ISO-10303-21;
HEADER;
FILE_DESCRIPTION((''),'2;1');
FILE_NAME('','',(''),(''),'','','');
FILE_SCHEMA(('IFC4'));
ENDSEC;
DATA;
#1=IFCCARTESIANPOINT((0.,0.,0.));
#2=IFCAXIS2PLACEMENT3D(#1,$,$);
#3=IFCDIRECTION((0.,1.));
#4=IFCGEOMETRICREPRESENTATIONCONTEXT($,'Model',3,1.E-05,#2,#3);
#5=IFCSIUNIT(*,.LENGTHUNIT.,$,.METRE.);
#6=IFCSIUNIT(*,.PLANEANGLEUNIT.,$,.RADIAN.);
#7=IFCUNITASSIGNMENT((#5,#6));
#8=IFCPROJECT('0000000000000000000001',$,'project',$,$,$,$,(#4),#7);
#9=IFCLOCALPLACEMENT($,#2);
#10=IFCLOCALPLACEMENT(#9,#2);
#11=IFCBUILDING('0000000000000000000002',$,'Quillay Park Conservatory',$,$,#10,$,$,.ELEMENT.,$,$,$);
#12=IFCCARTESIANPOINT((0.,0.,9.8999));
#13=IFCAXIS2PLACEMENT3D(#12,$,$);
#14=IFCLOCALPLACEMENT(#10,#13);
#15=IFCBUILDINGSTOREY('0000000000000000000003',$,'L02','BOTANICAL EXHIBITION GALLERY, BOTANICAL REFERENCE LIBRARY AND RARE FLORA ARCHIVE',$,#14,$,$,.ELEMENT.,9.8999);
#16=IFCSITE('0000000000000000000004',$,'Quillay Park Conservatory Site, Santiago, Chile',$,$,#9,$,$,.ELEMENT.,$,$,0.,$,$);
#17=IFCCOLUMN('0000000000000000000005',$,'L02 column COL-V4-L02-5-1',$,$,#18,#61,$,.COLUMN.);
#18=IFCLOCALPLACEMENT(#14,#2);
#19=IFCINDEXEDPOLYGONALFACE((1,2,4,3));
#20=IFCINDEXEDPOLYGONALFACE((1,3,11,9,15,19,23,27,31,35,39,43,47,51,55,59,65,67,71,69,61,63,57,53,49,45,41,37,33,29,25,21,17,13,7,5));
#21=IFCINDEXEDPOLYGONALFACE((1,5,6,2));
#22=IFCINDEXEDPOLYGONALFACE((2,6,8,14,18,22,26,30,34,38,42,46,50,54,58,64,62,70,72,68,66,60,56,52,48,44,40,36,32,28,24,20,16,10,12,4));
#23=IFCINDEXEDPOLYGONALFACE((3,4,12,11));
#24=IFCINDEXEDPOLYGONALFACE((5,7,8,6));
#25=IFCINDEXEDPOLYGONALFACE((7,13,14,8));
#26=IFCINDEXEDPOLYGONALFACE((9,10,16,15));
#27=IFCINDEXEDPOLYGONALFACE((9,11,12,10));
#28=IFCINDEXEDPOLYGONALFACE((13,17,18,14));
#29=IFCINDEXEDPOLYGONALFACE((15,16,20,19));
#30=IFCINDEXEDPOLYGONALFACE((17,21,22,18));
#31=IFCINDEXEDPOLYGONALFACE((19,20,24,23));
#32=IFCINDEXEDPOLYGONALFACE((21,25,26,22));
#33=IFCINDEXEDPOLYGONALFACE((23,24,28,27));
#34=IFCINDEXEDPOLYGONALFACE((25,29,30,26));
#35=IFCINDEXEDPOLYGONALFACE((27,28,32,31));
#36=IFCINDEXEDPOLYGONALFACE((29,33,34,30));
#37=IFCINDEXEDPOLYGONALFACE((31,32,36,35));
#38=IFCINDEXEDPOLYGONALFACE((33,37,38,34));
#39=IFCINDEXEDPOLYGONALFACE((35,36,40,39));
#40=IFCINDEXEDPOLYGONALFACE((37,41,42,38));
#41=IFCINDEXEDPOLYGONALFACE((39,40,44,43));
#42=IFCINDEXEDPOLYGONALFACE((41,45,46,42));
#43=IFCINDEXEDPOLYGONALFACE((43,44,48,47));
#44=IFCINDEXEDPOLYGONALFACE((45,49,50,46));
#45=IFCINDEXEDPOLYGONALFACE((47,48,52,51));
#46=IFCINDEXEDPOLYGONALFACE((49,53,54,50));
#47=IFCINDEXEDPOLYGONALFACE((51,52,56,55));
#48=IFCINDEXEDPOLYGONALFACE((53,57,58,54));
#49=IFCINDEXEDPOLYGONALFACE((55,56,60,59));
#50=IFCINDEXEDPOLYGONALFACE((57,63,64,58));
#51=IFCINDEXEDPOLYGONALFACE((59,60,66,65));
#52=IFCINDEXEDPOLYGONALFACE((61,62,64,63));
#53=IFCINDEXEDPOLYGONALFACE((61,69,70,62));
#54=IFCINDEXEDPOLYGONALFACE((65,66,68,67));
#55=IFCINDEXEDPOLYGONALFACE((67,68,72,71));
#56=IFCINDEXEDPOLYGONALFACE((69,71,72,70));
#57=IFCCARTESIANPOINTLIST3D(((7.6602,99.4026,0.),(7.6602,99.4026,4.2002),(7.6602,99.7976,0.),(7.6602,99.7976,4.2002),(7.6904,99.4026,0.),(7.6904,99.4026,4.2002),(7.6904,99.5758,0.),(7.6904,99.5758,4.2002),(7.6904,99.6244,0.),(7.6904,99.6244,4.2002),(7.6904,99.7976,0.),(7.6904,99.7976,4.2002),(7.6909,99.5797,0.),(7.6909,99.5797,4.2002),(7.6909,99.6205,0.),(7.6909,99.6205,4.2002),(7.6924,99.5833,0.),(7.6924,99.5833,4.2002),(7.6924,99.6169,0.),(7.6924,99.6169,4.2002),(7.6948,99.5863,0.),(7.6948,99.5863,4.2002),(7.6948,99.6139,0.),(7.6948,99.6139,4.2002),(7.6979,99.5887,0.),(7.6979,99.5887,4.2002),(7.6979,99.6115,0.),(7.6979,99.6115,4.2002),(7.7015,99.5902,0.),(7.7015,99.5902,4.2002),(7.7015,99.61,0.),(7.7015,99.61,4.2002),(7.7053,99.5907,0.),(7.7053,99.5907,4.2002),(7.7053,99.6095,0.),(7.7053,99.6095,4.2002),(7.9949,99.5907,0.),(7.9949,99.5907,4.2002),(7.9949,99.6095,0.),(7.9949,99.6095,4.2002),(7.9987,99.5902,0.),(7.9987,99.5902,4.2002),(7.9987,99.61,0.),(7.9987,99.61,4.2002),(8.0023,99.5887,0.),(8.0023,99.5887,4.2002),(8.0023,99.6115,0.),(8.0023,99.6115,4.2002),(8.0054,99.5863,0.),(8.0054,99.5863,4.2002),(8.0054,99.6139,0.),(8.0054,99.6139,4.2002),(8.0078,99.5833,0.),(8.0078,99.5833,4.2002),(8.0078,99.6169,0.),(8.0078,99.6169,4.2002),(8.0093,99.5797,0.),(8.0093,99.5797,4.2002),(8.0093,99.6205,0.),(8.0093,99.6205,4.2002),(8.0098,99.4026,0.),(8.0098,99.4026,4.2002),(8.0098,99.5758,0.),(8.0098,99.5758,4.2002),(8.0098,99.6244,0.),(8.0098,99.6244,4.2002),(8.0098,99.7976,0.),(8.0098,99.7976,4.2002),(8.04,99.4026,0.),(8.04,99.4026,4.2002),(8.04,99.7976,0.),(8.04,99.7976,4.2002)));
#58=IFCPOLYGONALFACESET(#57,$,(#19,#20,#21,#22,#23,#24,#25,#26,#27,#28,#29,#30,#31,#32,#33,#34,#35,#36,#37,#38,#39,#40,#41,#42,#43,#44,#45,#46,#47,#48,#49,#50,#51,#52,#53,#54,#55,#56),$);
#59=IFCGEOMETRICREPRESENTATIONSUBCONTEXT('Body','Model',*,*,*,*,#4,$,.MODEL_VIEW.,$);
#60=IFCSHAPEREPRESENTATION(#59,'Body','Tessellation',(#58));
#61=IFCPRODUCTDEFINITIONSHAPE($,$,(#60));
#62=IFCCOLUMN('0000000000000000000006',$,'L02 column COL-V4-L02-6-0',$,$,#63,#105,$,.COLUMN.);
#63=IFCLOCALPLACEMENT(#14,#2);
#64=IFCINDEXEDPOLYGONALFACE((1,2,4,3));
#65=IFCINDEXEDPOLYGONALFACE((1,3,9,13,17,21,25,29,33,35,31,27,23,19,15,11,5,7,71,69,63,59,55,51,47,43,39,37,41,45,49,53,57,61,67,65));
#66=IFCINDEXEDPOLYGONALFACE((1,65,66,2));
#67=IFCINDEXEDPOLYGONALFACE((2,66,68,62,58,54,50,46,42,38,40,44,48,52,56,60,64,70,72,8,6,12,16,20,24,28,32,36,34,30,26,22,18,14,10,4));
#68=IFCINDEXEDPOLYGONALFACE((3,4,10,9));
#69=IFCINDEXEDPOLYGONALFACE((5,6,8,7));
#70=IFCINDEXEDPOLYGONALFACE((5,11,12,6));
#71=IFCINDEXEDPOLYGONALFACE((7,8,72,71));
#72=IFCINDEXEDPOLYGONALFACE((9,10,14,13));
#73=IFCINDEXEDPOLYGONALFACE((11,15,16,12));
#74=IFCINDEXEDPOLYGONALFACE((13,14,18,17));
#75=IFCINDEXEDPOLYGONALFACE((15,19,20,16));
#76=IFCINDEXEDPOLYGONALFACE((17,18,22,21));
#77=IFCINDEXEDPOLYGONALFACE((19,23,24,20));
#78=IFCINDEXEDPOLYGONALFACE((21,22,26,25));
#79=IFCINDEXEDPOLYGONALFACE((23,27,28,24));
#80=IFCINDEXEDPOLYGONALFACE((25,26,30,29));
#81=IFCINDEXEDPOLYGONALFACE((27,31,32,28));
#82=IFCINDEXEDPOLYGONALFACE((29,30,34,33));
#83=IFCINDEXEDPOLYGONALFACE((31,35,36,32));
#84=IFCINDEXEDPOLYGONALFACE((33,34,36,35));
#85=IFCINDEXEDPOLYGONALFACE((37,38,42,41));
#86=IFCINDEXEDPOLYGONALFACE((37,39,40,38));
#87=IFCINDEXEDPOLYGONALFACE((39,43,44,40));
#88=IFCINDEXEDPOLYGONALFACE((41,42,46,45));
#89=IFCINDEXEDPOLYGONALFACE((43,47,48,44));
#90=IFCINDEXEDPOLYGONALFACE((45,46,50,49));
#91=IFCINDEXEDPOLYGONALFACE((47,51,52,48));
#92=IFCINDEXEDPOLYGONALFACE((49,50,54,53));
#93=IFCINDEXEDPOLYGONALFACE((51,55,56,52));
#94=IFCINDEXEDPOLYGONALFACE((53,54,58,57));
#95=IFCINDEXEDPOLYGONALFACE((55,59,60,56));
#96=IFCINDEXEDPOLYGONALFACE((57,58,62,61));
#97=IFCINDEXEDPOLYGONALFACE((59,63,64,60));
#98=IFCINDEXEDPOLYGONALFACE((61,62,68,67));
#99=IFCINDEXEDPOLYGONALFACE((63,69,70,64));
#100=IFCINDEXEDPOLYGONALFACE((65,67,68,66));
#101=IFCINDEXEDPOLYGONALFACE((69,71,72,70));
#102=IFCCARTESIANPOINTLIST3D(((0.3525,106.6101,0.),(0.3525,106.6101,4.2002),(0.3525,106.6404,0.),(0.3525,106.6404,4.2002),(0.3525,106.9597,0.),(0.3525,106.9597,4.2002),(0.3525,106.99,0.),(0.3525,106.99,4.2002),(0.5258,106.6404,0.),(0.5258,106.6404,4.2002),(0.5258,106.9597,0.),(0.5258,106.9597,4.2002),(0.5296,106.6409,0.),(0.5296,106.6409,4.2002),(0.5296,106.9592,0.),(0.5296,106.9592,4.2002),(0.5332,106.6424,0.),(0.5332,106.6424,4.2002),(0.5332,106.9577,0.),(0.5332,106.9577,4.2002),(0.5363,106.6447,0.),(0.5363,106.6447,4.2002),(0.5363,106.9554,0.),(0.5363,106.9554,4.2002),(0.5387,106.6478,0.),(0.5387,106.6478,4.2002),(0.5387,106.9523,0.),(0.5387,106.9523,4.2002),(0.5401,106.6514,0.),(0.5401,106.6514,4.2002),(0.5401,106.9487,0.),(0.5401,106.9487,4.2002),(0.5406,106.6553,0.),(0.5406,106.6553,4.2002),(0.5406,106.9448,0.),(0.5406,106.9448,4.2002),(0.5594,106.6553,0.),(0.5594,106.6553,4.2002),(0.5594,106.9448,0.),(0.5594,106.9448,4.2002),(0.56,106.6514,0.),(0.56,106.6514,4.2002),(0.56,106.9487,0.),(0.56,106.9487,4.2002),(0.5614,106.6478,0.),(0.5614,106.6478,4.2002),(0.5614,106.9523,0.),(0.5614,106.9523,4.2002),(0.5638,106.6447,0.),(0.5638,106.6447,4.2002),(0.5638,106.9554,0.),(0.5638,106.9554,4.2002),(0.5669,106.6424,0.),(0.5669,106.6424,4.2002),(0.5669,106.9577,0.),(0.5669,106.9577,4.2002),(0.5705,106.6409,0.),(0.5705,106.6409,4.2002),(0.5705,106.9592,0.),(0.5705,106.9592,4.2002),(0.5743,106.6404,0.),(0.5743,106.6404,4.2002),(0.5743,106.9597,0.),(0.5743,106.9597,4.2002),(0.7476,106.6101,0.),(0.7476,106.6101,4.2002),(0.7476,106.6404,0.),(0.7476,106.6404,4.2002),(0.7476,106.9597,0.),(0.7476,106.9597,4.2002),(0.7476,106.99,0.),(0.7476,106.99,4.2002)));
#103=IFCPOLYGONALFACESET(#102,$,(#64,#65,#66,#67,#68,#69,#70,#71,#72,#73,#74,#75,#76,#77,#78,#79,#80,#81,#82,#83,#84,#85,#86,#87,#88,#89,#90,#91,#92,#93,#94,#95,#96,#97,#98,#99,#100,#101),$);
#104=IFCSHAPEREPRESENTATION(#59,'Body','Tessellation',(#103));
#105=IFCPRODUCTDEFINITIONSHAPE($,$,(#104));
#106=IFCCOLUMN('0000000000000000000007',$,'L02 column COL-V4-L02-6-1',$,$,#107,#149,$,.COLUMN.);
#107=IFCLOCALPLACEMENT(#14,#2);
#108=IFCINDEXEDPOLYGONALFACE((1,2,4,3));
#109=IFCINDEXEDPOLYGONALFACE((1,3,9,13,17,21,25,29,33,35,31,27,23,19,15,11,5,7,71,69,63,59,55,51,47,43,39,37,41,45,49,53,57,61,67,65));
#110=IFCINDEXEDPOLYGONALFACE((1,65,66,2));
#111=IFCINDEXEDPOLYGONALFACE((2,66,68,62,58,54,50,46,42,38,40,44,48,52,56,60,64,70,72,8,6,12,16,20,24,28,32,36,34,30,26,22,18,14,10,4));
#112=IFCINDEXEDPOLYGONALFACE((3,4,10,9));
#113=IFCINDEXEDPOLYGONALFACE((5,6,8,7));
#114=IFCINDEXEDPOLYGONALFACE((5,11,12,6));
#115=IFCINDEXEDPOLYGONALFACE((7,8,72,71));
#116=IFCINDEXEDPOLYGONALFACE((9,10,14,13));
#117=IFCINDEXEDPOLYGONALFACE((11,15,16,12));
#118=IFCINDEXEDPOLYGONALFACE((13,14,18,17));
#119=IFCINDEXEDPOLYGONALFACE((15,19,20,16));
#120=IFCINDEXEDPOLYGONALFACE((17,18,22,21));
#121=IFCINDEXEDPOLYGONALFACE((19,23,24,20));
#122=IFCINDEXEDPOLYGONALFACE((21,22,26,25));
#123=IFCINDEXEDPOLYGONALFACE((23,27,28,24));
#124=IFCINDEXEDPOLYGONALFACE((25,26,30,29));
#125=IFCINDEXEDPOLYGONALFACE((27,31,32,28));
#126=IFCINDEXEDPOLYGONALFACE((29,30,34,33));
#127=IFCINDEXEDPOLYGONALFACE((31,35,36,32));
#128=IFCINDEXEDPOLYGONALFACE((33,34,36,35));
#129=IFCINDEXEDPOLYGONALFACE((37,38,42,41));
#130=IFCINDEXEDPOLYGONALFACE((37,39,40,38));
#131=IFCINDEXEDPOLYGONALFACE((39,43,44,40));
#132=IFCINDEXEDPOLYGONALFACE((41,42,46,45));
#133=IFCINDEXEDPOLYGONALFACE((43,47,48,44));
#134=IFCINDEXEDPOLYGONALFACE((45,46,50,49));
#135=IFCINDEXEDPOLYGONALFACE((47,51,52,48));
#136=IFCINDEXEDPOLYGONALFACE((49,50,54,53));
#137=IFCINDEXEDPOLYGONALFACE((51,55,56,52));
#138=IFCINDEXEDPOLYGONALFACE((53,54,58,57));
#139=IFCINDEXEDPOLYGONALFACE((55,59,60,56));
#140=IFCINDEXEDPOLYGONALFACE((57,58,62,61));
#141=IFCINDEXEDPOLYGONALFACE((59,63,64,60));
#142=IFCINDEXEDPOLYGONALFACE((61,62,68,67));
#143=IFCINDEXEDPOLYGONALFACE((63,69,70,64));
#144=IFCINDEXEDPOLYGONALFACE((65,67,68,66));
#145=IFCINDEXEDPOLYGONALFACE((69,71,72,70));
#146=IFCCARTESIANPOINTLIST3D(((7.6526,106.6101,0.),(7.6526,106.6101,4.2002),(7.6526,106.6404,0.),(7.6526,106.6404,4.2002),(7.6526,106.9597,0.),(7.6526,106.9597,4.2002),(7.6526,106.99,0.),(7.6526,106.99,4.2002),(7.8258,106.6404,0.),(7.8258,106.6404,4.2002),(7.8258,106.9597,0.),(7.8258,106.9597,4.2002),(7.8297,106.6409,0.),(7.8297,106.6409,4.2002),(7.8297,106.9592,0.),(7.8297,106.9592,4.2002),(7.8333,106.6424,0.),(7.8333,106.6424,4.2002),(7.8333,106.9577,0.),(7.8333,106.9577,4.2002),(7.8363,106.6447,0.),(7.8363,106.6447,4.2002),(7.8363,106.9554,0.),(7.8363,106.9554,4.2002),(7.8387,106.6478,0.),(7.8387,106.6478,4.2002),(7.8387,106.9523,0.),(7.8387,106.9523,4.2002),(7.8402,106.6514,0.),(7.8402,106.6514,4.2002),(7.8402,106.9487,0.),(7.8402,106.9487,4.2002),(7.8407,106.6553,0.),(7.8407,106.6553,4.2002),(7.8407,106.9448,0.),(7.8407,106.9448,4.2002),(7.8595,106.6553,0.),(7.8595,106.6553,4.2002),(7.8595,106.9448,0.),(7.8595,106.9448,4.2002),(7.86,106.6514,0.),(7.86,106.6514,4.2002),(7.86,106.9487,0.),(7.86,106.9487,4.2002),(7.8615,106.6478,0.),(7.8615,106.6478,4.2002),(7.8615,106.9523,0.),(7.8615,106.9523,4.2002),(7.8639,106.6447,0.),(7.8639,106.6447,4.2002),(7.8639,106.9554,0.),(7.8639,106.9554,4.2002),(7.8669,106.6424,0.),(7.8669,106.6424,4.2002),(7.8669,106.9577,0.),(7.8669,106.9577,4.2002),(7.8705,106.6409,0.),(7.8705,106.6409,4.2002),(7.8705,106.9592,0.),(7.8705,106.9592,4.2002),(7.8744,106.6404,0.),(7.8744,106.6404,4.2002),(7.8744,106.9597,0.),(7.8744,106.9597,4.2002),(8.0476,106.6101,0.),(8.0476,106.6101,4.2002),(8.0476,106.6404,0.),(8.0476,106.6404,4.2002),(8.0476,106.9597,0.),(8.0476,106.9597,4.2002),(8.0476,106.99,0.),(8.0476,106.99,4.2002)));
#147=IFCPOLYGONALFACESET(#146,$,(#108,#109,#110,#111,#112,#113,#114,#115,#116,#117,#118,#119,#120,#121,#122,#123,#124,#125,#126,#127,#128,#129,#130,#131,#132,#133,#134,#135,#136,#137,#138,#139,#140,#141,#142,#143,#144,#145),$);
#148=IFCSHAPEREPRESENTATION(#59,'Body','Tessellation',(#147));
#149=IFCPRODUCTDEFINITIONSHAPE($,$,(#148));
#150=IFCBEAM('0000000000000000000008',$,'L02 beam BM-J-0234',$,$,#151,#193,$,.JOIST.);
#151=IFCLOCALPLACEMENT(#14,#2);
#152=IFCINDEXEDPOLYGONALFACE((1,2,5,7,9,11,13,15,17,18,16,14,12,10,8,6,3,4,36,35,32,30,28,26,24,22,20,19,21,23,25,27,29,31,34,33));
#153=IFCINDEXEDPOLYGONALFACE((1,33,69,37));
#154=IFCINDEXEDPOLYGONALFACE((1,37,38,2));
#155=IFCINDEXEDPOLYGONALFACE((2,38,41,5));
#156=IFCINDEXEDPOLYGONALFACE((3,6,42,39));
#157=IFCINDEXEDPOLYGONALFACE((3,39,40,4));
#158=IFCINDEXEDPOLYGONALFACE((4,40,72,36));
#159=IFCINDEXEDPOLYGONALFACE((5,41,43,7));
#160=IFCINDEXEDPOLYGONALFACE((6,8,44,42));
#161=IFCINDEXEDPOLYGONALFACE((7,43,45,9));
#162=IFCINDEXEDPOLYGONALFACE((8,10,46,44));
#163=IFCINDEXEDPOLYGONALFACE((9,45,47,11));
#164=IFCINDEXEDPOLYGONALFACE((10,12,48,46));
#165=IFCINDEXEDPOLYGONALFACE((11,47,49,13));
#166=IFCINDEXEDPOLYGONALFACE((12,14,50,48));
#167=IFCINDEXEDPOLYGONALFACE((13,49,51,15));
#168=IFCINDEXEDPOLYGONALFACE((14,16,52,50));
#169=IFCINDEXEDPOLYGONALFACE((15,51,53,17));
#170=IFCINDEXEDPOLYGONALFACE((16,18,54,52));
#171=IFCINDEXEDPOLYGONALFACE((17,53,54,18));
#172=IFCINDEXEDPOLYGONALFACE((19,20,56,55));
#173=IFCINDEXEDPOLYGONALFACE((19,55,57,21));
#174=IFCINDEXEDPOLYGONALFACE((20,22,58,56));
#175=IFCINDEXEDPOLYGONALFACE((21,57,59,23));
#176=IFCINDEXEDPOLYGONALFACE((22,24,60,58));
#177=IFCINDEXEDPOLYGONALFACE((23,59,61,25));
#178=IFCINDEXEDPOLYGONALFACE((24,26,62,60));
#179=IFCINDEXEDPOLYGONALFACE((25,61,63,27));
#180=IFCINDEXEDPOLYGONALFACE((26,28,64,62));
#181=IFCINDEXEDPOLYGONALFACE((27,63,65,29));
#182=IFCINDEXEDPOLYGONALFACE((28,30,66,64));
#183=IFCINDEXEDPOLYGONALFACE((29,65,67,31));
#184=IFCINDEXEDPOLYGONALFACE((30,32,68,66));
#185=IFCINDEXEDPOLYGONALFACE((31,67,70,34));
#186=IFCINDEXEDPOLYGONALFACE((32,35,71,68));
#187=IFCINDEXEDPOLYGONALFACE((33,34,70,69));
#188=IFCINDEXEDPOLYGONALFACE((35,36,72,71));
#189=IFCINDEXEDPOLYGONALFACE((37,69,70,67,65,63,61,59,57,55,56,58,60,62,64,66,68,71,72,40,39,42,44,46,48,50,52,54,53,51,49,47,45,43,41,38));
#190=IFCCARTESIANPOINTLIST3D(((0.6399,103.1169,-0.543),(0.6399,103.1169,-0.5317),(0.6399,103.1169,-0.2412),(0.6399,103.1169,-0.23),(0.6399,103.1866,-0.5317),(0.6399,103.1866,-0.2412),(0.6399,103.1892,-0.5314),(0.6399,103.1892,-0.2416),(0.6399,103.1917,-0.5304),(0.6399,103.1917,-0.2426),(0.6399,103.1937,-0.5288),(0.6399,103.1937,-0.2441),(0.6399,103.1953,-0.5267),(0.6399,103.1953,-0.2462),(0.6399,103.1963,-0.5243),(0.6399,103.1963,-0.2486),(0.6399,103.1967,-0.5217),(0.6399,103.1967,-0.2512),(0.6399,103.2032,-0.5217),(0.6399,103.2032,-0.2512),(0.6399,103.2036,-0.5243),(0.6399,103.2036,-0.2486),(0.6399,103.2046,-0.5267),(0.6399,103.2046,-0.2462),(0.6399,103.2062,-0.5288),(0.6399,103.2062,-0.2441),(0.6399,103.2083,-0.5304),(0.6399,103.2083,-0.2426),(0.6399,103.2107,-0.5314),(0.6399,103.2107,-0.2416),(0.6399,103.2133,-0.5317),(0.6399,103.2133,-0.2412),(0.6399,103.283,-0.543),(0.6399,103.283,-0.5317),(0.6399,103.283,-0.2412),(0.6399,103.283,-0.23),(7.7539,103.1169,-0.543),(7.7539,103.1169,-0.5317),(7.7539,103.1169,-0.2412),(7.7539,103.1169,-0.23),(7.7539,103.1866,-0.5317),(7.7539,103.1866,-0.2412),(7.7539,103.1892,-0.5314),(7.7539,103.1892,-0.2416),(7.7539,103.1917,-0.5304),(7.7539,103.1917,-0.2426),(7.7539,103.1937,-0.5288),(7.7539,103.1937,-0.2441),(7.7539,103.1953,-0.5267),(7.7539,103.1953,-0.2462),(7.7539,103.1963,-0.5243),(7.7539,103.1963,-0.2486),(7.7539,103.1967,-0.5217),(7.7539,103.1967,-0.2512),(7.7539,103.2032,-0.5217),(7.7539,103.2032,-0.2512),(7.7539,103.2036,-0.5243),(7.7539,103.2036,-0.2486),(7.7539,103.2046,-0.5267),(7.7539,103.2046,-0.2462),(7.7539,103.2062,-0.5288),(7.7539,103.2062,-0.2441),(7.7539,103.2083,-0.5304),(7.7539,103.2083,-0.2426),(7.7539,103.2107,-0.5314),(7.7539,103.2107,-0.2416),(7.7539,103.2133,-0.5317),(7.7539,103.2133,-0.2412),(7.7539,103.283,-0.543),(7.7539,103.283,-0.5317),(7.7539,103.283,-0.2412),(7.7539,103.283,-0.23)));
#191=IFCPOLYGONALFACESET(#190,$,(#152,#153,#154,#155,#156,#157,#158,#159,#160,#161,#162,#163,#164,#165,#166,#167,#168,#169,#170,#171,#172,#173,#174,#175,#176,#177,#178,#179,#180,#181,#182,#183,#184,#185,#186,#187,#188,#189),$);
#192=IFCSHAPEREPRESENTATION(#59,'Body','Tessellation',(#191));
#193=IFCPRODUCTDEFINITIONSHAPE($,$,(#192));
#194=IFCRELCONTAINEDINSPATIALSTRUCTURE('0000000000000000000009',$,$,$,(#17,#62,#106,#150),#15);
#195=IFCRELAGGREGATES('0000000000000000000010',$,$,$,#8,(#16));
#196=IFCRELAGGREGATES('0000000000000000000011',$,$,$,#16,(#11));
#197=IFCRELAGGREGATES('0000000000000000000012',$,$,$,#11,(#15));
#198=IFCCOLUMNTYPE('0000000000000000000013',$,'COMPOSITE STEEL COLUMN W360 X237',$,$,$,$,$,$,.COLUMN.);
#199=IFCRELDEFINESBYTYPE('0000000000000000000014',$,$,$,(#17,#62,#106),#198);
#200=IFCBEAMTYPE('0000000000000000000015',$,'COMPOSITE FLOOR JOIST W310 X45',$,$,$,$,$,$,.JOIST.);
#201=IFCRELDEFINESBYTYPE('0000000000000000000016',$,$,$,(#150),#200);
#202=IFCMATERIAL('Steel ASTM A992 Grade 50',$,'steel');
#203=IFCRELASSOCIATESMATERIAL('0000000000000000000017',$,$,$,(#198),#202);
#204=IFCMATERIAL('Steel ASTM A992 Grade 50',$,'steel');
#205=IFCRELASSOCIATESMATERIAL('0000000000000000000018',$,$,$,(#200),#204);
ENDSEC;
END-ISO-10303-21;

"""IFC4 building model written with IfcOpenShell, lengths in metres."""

from ifc_helpers import new_model, si_unit, direction, frame, origin, origin_2d, place, context, subcontext, project, spatial, i_section, extrude, material, material_profile, profile_set, type_object, element, save


model = new_model("IFC4")

# Units and contexts
model_context = context("Model", 3, precision=1e-05, world=origin(), true_north=direction((0.0, 1.0)))
body_context = subcontext(model_context, "Body", "Model", "MODEL_VIEW")
ifc_project = project(units=[si_unit("LENGTHUNIT", "METRE"), si_unit("PLANEANGLEUNIT", "RADIAN")], contexts=[model_context])

# Site, building, storey
site_placement = place(None, origin())
site = spatial("IfcSite", under=ifc_project, at=site_placement, Name="Quillay Park Conservatory Site, Santiago, Chile", CompositionType="ELEMENT", RefElevation=0.0)
building_placement = place(site_placement, origin())
building = spatial("IfcBuilding", under=site, at=building_placement, Name="Quillay Park Conservatory", CompositionType="ELEMENT")
storey_placement = place(building_placement, frame((0.0, 0.0, 9.8999)))
storey = spatial("IfcBuildingStorey", under=building, at=storey_placement, Name="L02", Description="BOTANICAL EXHIBITION GALLERY, BOTANICAL REFERENCE LIBRARY AND RARE FLORA ARCHIVE", CompositionType="ELEMENT", Elevation=9.8999)

# Columns
ifc_material_1 = material(Name="Steel ASTM A992 Grade 50", Category="steel")
ifc_material_profile_1 = material_profile(ifc_material_1, i_section(OverallWidth=0.395, OverallDepth=0.3799, WebThickness=0.0188, FlangeThickness=0.0303, FilletRadius=0.0149, at=origin_2d()), Name="W360x237")
ifc_profile_set_1 = profile_set([ifc_material_profile_1], Name="Steel ASTM A992 Grade 50")
column_type = type_object("IfcColumnType", Name="COMPOSITE STEEL COLUMN W360 X237", PredefinedType="COLUMN", material=ifc_profile_set_1)
for number, where, z_axis, x_axis, name in (
    (1, (7.8501, 99.6001, 0.0), (0.0, 0.0, 1.0), (0.0, 1.0, 0.0), "L02 column COL-V4-L02-5-1"),
    (2, (0.55, 106.8, 0.0), (0.0, 0.0, 1.0), (1.0, 0.0, 0.0), "L02 column COL-V4-L02-6-0"),
    (3, (7.8501, 106.8, 0.0), (0.0, 0.0, 1.0), (1.0, 0.0, 0.0), "L02 column COL-V4-L02-6-1"),
):
    element("IfcColumn", number, at=place(storey_placement, frame(where, z_axis=z_axis, x_axis=x_axis)), inside=storey, type_object=column_type, Name=name, PredefinedType="COLUMN", context=body_context, shape_type="SweptSolid", body=[
        extrude(i_section(OverallWidth=0.395, OverallDepth=0.3799, WebThickness=0.0188, FlangeThickness=0.0303, FilletRadius=0.0149, at=origin_2d()), origin(), (0.0, 0.0, 1.0), 4.2002),
    ])

# Beam
ifc_material_2 = material(Name="Steel ASTM A992 Grade 50", Category="steel")
ifc_material_profile_2 = material_profile(ifc_material_2, i_section(OverallWidth=0.166, OverallDepth=0.313, WebThickness=0.0066, FlangeThickness=0.0112, FilletRadius=0.01, at=origin_2d()), Name="W310x45")
ifc_profile_set_2 = profile_set([ifc_material_profile_2], Name="Steel ASTM A992 Grade 50")
beam_type_1 = type_object("IfcBeamType", Name="COMPOSITE FLOOR JOIST W310 X45", PredefinedType="JOIST", material=ifc_profile_set_2)
beam_1_placement = place(storey_placement, frame((0.6399, 103.2, -0.3865), z_axis=(1.0, 0.0, 0.0), x_axis=(0.0, 1.0, 0.0)))
element("IfcBeam", 4, at=beam_1_placement, inside=storey, type_object=beam_type_1, Name="L02 beam BM-J-0234", PredefinedType="JOIST", context=body_context, shape_type="SweptSolid", body=[
    extrude(i_section(OverallWidth=0.166, OverallDepth=0.313, WebThickness=0.0066, FlangeThickness=0.0112, FilletRadius=0.01, at=origin_2d()), origin(), (0.0, 0.0, 1.0), 7.114),
])

save(model, "model.ifc")
